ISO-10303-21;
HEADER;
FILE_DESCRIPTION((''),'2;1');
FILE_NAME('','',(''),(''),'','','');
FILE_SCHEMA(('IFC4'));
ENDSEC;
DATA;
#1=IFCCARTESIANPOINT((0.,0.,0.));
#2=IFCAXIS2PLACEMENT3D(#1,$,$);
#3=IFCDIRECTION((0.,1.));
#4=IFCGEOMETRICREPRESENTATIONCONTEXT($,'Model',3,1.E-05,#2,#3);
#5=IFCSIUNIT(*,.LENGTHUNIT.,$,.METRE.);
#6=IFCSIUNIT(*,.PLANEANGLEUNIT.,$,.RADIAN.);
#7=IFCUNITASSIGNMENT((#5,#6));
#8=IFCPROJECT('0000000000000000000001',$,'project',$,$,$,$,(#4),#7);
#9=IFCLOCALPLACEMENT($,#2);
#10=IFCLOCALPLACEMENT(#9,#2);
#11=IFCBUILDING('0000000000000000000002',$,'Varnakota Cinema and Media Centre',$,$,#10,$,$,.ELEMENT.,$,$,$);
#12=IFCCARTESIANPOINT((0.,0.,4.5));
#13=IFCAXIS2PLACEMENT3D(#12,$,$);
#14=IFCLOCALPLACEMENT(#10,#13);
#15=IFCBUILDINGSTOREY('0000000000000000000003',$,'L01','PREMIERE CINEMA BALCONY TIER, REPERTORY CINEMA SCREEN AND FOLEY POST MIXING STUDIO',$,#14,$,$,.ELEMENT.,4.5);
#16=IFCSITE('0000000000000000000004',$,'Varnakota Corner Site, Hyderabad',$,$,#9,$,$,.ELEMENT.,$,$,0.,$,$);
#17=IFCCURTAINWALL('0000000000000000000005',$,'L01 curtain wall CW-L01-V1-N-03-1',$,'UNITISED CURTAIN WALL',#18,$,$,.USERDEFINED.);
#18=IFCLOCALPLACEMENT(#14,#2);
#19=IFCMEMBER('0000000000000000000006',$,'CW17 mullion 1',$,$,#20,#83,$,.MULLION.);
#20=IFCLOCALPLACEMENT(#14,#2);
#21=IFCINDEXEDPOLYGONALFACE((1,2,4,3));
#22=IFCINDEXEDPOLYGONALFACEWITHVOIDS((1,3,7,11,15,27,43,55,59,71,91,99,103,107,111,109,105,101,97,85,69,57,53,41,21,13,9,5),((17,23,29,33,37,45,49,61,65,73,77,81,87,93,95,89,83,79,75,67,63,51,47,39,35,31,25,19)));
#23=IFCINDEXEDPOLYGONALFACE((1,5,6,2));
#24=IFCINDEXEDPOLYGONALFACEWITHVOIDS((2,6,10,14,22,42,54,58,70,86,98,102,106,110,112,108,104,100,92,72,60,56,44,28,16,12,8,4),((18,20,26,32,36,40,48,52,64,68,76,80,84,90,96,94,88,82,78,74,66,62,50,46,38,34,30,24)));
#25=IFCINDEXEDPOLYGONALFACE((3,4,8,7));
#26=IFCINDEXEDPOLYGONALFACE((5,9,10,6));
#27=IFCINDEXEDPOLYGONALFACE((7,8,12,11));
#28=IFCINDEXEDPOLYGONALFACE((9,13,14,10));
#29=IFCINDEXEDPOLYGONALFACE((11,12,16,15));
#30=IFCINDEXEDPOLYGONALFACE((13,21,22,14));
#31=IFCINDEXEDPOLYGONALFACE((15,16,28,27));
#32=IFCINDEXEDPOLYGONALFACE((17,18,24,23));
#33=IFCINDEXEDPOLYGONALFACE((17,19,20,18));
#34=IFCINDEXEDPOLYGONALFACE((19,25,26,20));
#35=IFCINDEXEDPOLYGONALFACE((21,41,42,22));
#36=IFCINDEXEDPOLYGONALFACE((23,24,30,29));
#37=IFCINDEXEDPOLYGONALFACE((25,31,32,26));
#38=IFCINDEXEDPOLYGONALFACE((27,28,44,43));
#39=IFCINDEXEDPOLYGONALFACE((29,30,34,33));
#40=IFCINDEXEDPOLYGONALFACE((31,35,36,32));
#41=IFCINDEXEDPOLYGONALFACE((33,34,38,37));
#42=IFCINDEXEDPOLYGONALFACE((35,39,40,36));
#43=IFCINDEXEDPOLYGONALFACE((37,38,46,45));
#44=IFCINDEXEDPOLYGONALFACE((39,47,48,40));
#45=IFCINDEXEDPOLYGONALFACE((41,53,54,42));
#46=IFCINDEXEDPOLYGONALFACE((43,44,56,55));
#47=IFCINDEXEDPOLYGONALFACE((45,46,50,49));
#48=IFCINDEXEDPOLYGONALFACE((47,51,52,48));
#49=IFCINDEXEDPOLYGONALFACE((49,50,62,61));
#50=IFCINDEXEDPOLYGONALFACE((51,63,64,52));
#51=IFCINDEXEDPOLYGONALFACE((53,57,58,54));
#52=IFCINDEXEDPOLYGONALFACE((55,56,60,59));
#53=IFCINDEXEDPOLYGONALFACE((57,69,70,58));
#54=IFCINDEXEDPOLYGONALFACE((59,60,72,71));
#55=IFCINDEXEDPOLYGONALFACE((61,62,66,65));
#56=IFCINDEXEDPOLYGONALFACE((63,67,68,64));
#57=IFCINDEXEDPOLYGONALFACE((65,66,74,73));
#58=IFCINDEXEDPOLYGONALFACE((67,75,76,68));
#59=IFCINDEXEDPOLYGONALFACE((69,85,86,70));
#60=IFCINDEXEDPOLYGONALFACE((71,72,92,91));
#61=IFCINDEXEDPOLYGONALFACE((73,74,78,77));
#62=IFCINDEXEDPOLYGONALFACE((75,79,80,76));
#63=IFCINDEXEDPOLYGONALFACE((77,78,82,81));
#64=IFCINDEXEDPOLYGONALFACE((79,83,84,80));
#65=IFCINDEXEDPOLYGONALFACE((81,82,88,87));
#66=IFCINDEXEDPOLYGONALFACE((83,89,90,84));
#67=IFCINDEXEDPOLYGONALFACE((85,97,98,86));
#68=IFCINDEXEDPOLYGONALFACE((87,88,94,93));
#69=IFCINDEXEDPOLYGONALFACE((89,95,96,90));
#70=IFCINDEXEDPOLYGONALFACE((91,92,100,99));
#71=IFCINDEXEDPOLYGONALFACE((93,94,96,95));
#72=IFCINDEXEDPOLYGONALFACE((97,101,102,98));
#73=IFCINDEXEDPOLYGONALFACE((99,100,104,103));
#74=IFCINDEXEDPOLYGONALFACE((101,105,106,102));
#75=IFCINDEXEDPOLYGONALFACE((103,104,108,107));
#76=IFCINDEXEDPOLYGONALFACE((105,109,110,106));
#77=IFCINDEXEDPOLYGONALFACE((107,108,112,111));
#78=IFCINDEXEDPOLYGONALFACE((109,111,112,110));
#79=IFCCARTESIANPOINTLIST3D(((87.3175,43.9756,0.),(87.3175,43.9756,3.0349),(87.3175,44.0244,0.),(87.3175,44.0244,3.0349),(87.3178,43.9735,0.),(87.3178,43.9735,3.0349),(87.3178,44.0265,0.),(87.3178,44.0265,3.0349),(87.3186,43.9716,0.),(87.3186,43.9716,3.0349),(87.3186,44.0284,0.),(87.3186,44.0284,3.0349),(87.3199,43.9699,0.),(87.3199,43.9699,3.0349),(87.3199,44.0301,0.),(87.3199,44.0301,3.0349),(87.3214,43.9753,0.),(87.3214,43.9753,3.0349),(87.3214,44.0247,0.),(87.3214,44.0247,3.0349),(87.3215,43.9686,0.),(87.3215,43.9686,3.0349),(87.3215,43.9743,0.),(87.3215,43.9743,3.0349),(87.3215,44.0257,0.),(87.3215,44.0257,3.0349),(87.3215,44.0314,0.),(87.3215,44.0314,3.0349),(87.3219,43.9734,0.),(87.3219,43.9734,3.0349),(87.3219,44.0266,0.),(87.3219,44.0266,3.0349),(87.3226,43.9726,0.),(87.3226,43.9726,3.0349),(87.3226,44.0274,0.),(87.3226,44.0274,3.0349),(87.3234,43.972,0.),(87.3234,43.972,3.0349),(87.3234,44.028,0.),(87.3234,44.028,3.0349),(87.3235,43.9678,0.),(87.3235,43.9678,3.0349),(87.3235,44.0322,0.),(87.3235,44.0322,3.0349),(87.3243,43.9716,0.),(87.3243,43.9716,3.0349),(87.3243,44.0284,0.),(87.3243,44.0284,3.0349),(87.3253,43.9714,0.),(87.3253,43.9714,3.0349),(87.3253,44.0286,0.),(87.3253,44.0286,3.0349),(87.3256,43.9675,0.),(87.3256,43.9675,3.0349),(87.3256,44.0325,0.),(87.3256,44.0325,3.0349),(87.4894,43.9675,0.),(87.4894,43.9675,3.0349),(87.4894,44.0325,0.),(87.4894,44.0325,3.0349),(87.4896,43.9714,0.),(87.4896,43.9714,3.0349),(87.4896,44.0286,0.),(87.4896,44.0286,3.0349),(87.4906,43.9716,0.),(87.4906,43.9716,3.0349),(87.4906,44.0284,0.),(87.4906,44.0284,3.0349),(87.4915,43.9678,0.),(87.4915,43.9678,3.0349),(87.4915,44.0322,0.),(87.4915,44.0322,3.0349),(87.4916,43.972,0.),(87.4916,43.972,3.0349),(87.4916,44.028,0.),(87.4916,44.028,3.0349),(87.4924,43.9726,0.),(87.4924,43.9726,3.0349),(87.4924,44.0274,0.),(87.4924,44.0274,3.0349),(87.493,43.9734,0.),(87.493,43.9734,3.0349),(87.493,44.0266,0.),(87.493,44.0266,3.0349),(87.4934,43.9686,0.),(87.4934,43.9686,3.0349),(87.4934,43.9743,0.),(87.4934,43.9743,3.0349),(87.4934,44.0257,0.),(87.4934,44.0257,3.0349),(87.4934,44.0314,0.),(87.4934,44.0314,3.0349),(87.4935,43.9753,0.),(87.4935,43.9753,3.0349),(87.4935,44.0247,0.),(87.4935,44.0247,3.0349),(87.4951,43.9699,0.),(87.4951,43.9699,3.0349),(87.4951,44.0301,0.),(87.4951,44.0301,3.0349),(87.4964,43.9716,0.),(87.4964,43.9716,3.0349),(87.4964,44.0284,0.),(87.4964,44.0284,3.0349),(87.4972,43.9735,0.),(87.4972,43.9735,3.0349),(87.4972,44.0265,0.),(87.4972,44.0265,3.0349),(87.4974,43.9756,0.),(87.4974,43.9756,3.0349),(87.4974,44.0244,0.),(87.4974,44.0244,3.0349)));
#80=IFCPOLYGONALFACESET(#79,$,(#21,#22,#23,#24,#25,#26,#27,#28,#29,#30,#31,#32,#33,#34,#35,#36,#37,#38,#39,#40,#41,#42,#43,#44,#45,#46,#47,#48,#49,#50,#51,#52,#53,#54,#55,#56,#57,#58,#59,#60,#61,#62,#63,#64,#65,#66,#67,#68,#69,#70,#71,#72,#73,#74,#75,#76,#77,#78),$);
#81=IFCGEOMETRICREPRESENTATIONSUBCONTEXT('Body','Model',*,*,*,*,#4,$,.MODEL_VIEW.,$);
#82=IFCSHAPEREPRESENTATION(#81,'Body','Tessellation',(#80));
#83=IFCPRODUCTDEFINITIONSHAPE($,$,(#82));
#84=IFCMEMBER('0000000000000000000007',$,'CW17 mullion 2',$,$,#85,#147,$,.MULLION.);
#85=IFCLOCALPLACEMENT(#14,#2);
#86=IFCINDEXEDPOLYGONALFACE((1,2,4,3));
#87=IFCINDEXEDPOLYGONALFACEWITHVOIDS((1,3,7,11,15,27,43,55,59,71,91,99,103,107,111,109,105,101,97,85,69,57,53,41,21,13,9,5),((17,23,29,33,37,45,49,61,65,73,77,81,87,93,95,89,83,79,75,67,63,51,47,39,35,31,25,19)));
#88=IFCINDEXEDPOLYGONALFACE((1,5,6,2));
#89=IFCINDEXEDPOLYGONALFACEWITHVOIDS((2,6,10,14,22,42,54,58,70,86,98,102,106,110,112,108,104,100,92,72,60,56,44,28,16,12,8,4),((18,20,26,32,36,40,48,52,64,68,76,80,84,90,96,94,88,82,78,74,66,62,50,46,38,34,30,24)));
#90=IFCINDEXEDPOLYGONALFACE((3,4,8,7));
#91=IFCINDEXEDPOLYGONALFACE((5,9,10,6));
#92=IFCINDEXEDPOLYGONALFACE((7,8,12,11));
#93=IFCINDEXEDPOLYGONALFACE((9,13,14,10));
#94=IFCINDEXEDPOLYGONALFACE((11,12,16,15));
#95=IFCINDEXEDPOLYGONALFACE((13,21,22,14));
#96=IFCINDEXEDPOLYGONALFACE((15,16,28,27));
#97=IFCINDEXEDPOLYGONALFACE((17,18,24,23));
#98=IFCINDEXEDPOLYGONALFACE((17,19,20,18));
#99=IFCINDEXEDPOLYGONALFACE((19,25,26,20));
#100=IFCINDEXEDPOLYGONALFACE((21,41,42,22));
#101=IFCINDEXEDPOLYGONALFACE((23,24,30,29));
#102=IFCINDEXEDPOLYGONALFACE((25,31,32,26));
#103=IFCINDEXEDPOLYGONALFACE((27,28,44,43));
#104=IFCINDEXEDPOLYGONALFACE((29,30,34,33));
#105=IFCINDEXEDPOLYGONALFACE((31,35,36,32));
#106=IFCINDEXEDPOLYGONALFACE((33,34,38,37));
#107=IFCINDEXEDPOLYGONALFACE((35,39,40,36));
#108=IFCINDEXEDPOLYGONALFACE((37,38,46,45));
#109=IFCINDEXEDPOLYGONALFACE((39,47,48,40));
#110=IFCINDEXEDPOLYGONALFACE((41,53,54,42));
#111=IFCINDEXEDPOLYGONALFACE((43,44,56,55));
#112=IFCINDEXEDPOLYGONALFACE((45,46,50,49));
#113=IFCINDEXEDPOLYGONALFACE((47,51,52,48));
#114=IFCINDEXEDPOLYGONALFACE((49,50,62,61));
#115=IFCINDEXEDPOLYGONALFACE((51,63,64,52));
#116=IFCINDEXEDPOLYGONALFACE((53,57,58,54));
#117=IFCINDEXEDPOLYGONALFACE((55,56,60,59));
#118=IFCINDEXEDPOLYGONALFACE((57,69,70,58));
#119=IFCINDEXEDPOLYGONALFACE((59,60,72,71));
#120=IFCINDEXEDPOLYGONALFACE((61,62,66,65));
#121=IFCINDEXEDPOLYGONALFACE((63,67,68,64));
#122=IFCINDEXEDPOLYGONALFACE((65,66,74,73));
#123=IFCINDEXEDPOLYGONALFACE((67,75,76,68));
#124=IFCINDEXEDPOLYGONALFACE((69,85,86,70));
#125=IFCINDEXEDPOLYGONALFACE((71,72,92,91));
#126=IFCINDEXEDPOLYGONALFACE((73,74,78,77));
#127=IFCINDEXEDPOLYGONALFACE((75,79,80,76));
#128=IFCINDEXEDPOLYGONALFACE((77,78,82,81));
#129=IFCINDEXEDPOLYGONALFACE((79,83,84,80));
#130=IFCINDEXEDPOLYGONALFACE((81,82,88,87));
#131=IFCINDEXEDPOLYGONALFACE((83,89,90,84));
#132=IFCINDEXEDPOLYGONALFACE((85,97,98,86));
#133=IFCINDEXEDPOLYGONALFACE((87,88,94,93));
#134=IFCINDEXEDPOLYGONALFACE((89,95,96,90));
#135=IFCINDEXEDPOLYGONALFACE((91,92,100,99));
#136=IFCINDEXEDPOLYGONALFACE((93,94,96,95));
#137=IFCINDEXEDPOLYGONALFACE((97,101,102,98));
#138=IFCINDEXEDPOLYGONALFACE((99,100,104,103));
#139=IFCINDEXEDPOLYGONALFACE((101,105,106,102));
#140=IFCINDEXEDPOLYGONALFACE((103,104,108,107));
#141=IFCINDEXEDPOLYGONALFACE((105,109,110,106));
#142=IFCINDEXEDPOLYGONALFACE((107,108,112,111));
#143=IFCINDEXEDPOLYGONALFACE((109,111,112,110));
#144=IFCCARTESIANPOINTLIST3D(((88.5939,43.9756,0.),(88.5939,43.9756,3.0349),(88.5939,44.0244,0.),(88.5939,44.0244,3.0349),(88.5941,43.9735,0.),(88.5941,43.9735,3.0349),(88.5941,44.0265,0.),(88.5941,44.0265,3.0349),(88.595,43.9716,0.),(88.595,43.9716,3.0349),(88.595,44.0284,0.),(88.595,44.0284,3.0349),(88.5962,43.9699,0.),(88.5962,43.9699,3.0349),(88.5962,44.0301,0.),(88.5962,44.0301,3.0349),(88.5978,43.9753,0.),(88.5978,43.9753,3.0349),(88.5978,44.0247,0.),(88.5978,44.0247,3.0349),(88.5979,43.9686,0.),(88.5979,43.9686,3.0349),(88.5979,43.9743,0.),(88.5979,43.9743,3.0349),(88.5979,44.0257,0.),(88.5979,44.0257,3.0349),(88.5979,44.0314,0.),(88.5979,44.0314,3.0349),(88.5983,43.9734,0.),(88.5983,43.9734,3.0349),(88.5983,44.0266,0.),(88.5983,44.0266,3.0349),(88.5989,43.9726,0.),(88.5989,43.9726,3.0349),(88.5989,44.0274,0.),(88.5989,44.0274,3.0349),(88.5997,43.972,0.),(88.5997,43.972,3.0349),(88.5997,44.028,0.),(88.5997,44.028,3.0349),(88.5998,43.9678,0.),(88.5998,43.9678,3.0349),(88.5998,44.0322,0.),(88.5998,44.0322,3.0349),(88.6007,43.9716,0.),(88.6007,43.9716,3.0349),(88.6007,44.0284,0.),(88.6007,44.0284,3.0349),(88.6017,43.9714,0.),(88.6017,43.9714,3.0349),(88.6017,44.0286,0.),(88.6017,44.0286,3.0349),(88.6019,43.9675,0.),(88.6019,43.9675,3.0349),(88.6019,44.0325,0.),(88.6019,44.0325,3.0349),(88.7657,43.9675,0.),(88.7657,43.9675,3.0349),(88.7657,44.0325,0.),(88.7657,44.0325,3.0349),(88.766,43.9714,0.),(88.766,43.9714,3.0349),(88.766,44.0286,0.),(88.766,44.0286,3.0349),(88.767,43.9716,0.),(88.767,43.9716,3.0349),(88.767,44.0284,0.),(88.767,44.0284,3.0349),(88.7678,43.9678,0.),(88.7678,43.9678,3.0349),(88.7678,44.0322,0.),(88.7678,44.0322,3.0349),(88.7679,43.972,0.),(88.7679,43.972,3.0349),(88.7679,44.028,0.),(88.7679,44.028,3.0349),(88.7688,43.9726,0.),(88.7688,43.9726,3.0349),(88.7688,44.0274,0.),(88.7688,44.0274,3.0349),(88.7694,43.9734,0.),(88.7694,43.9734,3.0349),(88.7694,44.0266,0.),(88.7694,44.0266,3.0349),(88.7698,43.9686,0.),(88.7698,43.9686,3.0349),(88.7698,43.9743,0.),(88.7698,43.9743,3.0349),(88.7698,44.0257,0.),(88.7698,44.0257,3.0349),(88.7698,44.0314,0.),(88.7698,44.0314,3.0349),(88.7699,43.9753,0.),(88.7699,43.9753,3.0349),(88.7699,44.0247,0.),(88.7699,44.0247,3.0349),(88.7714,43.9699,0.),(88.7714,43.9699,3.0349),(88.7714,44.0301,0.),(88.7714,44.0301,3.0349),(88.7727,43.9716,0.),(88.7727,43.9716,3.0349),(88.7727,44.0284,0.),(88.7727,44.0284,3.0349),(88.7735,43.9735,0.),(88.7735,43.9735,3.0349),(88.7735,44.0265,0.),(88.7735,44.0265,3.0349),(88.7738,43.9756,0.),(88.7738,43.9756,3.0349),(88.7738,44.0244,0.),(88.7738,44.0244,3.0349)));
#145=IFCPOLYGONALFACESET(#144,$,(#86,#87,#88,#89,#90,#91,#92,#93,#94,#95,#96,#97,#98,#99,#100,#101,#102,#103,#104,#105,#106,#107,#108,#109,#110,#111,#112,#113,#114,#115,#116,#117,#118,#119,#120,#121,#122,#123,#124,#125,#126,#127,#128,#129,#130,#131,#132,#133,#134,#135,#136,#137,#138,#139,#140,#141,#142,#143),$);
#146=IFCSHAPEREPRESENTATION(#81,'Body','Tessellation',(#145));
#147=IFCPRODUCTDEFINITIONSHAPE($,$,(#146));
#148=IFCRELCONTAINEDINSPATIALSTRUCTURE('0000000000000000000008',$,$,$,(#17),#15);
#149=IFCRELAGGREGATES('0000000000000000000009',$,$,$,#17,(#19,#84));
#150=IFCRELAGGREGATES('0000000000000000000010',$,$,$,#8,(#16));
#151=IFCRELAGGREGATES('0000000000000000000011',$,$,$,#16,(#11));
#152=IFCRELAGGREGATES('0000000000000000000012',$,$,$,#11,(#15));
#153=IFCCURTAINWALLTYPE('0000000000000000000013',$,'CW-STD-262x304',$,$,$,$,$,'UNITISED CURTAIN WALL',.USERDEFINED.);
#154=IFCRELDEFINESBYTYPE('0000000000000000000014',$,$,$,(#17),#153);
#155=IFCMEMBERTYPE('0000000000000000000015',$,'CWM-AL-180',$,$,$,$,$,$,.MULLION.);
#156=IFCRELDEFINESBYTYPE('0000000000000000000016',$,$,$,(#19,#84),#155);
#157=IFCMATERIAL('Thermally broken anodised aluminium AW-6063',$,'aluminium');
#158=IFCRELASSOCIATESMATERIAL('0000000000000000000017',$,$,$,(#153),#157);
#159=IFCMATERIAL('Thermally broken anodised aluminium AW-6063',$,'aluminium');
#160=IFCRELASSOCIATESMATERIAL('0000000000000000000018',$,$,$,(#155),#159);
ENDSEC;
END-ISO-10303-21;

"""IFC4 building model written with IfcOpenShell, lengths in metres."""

from ifc_helpers import new_model, si_unit, direction, frame, origin, origin_2d, place, context, subcontext, project, spatial, hollow_rectangle, extrude, material, material_profile, profile_set, type_object, element, aggregate, save


model = new_model("IFC4")

# Units and contexts
model_context = context("Model", 3, precision=1e-05, world=origin(), true_north=direction((0.0, 1.0)))
body_context = subcontext(model_context, "Body", "Model", "MODEL_VIEW")
ifc_project = project(units=[si_unit("LENGTHUNIT", "METRE"), si_unit("PLANEANGLEUNIT", "RADIAN")], contexts=[model_context])

# Site, building, storey
site_placement = place(None, origin())
site = spatial("IfcSite", under=ifc_project, at=site_placement, Name="Varnakota Corner Site, Hyderabad", CompositionType="ELEMENT", RefElevation=0.0)
building_placement = place(site_placement, origin())
building = spatial("IfcBuilding", under=site, at=building_placement, Name="Varnakota Cinema and Media Centre", CompositionType="ELEMENT")
storey_placement = place(building_placement, frame((0.0, 0.0, 4.5)))
storey = spatial("IfcBuildingStorey", under=building, at=storey_placement, Name="L01", Description="PREMIERE CINEMA BALCONY TIER, REPERTORY CINEMA SCREEN AND FOLEY POST MIXING STUDIO", CompositionType="ELEMENT", Elevation=4.5)

# Curtain wall, members
ifc_material_1 = material(Name="Thermally broken anodised aluminium AW-6063", Category="aluminium")
curtain_wall_type = type_object("IfcCurtainWallType", Name="CW-STD-262x304", ElementType="UNITISED CURTAIN WALL", PredefinedType="USERDEFINED", material=ifc_material_1)
ifc_material_2 = material(Name="Thermally broken anodised aluminium AW-6063", Category="aluminium")
ifc_material_profile_1 = material_profile(ifc_material_2, hollow_rectangle(XDim=0.0649, YDim=0.1799, WallThickness=0.0039, InnerFilletRadius=0.0039, OuterFilletRadius=0.0081, at=origin_2d()), Name="AL-MULLION 180x65x4")
ifc_profile_set_1 = profile_set([ifc_material_profile_1], Name="Thermally broken anodised aluminium AW-6063")
member_type_1 = type_object("IfcMemberType", Name="CWM-AL-180", PredefinedType="MULLION", material=ifc_profile_set_1)
curtain_wall_1_placement = place(storey_placement, origin())
curtain_wall_1 = element("IfcCurtainWall", 1, at=curtain_wall_1_placement, inside=storey, type_object=curtain_wall_type, Name="L01 curtain wall CW-L01-V1-N-03-1", ObjectType="UNITISED CURTAIN WALL", PredefinedType="USERDEFINED")
member_1_placement = place(storey_placement, frame((87.4075, 44.0, 0.0), z_axis=(0.0, 0.0, 1.0), x_axis=(0.0, 1.0, 0.0)))
member_1 = element("IfcMember", 2, at=member_1_placement, type_object=member_type_1, Name="CW17 mullion 1", PredefinedType="MULLION", context=body_context, shape_type="SweptSolid", body=[
    extrude(hollow_rectangle(XDim=0.0649, YDim=0.1799, WallThickness=0.0039, InnerFilletRadius=0.0039, OuterFilletRadius=0.0081, at=origin_2d()), origin(), (0.0, 0.0, 1.0), 3.0349),
])
member_2_placement = place(storey_placement, frame((88.6838, 44.0, 0.0), z_axis=(0.0, 0.0, 1.0), x_axis=(0.0, 1.0, 0.0)))
member_2 = element("IfcMember", 3, at=member_2_placement, type_object=member_type_1, Name="CW17 mullion 2", PredefinedType="MULLION", context=body_context, shape_type="SweptSolid", body=[
    extrude(hollow_rectangle(XDim=0.0649, YDim=0.1799, WallThickness=0.0039, InnerFilletRadius=0.0039, OuterFilletRadius=0.0081, at=origin_2d()), origin(), (0.0, 0.0, 1.0), 3.0349),
])

aggregate(curtain_wall_1, [member_1, member_2])

save(model, "model.ifc")
